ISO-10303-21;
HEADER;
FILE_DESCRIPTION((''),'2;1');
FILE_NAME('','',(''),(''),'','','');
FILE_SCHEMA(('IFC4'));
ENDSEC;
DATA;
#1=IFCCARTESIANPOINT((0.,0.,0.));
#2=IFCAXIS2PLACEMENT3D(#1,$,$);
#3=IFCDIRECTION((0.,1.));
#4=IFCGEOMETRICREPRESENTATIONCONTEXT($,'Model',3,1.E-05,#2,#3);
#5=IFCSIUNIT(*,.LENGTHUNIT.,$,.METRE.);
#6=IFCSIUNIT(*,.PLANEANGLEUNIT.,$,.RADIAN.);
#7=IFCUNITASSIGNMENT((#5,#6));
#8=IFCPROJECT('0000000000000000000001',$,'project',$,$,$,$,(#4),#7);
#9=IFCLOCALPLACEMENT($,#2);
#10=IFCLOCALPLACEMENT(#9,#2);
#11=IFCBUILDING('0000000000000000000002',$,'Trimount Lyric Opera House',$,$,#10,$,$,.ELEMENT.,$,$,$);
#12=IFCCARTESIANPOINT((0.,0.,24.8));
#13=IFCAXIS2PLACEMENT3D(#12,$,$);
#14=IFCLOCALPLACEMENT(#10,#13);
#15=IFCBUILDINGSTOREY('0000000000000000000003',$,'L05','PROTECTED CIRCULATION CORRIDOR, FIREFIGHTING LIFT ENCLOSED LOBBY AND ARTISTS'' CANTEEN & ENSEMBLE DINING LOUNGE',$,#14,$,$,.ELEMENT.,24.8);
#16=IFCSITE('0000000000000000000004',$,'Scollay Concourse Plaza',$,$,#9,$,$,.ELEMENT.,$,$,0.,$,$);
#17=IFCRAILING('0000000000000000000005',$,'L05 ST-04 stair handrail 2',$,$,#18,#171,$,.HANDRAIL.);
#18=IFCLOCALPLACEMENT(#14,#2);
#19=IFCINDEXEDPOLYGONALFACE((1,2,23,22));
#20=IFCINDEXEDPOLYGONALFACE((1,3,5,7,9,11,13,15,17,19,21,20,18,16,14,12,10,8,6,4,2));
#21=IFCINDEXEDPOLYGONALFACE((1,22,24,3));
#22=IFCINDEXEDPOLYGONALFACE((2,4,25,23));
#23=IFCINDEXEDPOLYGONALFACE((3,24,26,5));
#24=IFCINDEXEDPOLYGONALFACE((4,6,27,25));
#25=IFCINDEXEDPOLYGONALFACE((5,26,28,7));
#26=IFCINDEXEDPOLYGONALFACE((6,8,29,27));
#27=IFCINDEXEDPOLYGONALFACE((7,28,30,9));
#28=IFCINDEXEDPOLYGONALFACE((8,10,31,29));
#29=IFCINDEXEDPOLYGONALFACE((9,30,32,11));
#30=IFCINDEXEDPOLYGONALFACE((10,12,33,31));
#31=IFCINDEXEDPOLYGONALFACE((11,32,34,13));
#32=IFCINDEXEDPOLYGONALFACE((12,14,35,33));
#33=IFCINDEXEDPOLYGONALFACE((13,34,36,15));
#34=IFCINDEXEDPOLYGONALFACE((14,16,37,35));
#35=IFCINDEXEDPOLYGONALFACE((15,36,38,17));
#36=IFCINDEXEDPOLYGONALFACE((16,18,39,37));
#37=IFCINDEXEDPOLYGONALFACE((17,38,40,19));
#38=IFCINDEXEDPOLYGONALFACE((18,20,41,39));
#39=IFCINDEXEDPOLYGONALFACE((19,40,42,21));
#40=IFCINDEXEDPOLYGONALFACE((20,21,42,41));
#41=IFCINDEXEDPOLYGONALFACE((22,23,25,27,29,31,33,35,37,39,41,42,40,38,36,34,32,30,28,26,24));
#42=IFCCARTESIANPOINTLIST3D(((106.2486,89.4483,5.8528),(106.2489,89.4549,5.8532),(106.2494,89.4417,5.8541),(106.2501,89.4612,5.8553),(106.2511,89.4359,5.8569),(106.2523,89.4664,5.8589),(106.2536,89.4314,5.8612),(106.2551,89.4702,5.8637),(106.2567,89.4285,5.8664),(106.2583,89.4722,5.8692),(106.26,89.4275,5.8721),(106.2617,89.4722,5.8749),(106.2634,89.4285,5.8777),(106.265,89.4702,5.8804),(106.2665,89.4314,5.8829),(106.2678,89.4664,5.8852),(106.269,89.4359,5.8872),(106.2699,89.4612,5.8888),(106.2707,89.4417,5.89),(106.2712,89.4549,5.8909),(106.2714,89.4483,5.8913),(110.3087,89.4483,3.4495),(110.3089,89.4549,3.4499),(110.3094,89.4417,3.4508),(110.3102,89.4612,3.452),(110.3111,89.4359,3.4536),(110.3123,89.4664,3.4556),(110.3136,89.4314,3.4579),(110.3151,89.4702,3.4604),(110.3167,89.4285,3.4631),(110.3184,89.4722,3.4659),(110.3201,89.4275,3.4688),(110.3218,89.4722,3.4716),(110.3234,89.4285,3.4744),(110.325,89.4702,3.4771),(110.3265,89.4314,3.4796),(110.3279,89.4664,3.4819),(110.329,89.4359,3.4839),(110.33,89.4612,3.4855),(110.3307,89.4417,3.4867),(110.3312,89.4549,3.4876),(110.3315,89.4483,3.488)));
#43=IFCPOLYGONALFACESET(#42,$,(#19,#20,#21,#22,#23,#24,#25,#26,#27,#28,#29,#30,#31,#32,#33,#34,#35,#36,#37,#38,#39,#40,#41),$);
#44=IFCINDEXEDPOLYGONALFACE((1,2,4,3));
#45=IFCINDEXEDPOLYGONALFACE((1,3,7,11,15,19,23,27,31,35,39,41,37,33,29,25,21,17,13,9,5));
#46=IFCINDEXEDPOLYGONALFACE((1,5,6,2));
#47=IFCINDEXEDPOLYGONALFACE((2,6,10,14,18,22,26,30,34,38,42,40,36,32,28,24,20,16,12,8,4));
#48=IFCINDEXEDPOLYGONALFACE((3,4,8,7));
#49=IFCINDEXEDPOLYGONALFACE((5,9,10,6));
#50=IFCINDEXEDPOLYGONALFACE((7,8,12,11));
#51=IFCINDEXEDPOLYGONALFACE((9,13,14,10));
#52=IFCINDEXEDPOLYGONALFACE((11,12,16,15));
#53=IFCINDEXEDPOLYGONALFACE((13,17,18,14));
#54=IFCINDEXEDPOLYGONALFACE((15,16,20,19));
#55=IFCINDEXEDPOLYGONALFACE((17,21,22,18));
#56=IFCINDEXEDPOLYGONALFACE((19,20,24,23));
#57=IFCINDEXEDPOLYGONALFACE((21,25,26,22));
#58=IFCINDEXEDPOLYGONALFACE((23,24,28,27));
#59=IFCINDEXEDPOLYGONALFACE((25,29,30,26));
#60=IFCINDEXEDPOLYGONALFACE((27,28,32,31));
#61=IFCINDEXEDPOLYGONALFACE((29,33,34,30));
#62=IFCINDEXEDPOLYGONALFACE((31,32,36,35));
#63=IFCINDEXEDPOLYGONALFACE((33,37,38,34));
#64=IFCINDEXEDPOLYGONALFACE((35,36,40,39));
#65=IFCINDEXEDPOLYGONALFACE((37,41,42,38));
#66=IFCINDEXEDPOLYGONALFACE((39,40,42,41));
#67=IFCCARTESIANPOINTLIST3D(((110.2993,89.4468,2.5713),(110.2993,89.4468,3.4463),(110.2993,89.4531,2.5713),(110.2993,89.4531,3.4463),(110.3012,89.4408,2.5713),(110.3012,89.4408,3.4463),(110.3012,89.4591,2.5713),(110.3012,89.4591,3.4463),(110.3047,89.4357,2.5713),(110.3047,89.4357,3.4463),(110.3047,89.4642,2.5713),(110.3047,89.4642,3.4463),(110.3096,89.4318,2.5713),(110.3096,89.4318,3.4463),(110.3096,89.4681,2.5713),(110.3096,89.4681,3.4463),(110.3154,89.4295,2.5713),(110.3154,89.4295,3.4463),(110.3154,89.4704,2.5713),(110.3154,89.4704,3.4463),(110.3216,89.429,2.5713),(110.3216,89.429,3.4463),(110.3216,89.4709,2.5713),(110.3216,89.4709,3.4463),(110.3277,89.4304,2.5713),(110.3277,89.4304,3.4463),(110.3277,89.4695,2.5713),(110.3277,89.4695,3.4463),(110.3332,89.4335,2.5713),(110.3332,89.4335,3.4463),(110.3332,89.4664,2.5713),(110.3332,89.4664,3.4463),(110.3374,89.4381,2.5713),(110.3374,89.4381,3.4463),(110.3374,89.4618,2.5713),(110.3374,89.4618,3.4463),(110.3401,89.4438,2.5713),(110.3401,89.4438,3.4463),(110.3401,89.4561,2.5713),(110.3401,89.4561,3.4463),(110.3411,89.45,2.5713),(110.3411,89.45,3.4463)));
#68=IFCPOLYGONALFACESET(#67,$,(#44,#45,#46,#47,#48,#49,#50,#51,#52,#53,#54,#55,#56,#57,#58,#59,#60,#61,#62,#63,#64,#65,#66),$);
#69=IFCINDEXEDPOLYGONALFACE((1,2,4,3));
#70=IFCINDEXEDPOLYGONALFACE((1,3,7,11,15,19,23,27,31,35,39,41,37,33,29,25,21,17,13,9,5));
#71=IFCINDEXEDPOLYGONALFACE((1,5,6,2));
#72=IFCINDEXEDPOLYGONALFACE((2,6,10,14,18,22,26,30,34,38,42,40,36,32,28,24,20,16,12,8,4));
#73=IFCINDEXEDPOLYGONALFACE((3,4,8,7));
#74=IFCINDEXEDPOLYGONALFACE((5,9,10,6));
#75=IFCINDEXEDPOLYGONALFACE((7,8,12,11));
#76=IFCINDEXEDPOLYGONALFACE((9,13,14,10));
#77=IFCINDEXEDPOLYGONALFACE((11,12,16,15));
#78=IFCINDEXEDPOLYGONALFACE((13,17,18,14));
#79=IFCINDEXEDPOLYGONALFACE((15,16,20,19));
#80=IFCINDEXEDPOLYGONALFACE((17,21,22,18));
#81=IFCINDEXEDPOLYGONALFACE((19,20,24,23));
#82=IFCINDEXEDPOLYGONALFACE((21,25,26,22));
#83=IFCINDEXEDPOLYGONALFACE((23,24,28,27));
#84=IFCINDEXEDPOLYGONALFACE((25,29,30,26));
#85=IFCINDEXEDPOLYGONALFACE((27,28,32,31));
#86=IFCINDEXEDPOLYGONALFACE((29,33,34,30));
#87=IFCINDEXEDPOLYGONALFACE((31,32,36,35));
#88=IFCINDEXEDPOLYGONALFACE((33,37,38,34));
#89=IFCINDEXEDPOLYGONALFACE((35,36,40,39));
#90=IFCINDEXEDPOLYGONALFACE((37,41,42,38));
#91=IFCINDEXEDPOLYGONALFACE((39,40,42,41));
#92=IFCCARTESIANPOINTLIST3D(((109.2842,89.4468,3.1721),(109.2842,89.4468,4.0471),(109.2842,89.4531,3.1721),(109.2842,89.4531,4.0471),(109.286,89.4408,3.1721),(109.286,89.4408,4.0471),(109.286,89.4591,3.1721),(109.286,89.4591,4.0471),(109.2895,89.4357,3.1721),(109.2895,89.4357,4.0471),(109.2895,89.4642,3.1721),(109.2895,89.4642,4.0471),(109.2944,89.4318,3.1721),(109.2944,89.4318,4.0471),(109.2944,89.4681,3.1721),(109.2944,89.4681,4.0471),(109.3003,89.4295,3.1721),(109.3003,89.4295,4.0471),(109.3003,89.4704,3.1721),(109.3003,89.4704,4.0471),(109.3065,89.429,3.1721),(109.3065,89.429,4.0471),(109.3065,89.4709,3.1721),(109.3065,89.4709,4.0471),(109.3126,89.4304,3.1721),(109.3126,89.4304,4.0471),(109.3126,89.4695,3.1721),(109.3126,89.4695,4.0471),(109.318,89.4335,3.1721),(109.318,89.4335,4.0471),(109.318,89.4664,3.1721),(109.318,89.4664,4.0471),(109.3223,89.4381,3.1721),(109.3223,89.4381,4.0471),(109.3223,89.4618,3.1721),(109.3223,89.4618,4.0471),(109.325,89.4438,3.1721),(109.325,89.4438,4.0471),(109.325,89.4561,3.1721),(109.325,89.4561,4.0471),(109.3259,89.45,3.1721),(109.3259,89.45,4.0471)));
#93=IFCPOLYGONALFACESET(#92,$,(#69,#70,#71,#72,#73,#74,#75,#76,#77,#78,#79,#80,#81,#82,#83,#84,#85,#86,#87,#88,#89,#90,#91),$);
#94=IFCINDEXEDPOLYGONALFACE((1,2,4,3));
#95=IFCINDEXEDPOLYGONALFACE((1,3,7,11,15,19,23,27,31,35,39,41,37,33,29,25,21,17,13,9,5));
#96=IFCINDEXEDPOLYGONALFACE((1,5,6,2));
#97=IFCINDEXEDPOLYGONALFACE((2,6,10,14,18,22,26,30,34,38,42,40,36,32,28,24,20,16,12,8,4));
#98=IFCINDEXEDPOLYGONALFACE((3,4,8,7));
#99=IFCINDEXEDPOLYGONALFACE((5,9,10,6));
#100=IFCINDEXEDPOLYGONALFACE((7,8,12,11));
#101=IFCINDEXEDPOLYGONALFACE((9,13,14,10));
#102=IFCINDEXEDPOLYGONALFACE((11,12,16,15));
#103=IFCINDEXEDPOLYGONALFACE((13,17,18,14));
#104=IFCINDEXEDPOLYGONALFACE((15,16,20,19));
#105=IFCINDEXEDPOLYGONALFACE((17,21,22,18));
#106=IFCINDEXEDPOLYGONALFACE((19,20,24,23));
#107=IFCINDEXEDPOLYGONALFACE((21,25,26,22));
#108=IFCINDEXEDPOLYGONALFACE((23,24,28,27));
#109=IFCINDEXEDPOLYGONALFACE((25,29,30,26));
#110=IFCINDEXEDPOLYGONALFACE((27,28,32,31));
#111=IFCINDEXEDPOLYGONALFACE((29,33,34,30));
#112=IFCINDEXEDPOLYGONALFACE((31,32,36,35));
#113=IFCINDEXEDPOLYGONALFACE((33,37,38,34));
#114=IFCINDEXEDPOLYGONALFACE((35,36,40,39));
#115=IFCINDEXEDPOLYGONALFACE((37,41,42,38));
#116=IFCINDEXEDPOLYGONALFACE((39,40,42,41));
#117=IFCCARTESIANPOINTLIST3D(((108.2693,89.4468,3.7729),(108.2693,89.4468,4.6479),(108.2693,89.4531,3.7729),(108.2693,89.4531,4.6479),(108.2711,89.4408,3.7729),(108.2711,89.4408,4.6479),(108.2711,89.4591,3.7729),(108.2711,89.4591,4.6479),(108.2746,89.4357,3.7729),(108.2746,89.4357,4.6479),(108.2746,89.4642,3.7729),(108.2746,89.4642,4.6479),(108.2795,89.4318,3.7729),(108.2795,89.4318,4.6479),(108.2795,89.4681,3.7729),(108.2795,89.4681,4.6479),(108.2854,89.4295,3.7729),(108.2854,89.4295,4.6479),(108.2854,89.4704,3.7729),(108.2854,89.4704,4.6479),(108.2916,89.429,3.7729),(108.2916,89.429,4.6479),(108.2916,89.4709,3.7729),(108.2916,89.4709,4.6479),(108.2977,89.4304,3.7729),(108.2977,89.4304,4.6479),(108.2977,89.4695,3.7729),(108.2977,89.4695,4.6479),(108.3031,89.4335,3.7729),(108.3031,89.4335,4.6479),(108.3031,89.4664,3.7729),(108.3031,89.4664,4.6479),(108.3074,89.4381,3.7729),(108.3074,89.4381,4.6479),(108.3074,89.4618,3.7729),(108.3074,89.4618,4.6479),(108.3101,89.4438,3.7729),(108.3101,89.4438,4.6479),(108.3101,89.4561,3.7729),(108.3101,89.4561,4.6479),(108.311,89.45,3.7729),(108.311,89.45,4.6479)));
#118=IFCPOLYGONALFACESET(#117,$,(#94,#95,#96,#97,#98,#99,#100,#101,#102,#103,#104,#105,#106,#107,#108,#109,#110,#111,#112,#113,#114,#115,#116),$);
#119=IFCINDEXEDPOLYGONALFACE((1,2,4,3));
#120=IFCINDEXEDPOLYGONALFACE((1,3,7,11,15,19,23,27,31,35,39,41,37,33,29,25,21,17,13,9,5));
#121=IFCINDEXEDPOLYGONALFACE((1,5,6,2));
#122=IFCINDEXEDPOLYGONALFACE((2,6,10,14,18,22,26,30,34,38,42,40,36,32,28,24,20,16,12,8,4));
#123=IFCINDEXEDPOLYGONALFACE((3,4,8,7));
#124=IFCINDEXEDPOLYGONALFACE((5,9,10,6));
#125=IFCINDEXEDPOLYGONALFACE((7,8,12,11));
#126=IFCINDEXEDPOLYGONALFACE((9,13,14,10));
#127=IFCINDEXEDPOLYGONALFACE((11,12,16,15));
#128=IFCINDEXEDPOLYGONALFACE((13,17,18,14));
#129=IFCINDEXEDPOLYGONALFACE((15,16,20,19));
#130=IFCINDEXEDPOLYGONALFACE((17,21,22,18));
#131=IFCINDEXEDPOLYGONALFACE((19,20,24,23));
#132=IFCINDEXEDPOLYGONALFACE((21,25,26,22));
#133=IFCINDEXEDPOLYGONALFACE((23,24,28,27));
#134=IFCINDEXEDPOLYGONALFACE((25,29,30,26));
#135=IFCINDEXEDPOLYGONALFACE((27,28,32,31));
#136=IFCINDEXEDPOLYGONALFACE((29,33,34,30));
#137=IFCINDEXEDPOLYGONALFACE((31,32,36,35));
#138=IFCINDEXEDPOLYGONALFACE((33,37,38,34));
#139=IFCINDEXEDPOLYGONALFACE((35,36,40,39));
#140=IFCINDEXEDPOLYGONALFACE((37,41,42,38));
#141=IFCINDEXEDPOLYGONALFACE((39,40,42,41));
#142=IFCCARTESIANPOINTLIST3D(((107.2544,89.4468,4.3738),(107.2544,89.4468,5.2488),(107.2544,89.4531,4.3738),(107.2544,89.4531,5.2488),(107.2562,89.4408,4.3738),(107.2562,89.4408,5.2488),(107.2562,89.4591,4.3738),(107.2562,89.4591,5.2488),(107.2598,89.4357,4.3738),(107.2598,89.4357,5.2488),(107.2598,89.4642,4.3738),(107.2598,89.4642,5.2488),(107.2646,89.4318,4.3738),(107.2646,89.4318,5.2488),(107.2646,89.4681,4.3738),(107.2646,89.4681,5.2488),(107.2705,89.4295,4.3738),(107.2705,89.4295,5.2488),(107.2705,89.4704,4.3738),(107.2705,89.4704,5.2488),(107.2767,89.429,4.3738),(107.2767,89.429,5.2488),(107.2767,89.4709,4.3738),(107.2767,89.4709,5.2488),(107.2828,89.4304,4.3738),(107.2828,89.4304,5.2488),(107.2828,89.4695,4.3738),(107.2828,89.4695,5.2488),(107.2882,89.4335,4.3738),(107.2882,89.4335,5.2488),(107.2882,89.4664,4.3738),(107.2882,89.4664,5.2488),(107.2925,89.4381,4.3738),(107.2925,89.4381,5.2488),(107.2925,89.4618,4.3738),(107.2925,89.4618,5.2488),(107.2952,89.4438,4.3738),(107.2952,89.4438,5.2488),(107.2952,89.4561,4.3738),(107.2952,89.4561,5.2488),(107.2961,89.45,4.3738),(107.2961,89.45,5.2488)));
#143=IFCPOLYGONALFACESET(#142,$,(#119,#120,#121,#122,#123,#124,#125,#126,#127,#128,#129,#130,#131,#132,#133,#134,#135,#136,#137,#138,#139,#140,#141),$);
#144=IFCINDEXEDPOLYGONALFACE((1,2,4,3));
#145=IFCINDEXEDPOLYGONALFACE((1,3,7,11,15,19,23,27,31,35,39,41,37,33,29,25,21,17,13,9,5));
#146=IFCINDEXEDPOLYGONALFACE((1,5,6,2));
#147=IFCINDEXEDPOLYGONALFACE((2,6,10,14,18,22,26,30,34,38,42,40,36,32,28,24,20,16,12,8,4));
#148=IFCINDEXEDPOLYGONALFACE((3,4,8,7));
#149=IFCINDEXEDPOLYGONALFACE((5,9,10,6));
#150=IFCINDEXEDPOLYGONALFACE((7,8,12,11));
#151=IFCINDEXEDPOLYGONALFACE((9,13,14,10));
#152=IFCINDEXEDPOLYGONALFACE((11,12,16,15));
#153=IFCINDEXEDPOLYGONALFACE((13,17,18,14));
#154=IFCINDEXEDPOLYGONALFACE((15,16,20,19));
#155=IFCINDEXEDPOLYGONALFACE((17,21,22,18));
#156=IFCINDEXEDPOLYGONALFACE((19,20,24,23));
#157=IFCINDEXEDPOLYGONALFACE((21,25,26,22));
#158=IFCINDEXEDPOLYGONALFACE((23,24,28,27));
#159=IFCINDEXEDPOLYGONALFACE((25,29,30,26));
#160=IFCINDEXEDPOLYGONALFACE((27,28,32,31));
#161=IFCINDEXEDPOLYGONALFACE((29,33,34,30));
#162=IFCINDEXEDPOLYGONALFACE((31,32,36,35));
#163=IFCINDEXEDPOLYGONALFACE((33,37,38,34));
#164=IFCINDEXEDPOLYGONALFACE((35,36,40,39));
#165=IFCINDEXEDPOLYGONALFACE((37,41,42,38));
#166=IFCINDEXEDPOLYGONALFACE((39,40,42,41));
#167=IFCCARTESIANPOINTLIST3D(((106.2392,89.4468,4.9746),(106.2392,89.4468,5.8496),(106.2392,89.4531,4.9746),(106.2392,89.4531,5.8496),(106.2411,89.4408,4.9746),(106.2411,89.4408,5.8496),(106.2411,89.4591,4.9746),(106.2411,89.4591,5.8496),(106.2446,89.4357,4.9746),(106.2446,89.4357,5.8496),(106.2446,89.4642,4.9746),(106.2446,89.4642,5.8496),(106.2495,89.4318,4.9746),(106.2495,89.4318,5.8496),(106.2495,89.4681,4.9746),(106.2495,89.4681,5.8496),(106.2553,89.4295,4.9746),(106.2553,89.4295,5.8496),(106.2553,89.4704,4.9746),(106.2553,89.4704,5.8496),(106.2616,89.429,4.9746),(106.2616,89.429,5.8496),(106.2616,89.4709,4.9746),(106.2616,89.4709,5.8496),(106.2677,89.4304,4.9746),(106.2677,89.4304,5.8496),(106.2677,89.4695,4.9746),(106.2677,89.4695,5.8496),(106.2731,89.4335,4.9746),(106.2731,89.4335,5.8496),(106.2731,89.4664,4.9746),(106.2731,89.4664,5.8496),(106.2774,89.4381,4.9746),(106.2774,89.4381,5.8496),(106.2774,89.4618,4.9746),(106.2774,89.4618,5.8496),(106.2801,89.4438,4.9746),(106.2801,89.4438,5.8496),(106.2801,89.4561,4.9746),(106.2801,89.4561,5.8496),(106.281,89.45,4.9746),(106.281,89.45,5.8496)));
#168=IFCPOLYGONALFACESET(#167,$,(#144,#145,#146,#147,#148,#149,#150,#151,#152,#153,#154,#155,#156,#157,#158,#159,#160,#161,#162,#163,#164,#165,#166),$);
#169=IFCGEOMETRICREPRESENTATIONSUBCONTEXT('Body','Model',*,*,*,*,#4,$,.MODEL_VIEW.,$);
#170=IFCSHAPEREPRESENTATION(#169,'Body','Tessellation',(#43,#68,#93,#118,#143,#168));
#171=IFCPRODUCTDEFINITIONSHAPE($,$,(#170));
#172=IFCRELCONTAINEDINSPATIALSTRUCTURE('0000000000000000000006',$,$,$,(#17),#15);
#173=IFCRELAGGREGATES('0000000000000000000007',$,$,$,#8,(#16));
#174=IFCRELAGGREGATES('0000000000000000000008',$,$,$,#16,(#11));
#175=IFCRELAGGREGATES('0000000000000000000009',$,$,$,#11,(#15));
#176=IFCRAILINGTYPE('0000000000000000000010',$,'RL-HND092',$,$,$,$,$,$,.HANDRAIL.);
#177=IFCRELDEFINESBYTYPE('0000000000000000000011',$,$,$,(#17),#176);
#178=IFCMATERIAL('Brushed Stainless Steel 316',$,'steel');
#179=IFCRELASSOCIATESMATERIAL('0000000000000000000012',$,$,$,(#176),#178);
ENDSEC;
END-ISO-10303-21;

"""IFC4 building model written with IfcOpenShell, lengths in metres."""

from ifc_helpers import new_model, si_unit, direction, frame, origin, origin_2d, place, context, subcontext, project, spatial, circle, extrude, material, type_object, element, save


model = new_model("IFC4")

# Units and contexts
model_context = context("Model", 3, precision=1e-05, world=origin(), true_north=direction((0.0, 1.0)))
body_context = subcontext(model_context, "Body", "Model", "MODEL_VIEW")
ifc_project = project(units=[si_unit("LENGTHUNIT", "METRE"), si_unit("PLANEANGLEUNIT", "RADIAN")], contexts=[model_context])

# Site, building, storey
site_placement = place(None, origin())
site = spatial("IfcSite", under=ifc_project, at=site_placement, Name="Scollay Concourse Plaza", CompositionType="ELEMENT", RefElevation=0.0)
building_placement = place(site_placement, origin())
building = spatial("IfcBuilding", under=site, at=building_placement, Name="Trimount Lyric Opera House", CompositionType="ELEMENT")
storey_placement = place(building_placement, frame((0.0, 0.0, 24.8)))
storey = spatial("IfcBuildingStorey", under=building, at=storey_placement, Name="L05", Description="PROTECTED CIRCULATION CORRIDOR, FIREFIGHTING LIFT ENCLOSED LOBBY AND ARTISTS' CANTEEN & ENSEMBLE DINING LOUNGE", CompositionType="ELEMENT", Elevation=24.8)

# Railing
ifc_material_1 = material(Name="Brushed Stainless Steel 316", Category="steel")
railing_type_1 = type_object("IfcRailingType", Name="RL-HND092", PredefinedType="HANDRAIL", material=ifc_material_1)
railing_1_placement = place(storey_placement, frame((110.3201, 89.45, 2.5713)))
element("IfcRailing", 1, at=railing_1_placement, inside=storey, type_object=railing_type_1, Name="L05 ST-04 stair handrail 2", PredefinedType="HANDRAIL", context=body_context, shape_type="SweptSolid", body=[
    extrude(circle(Radius=0.0225, at=origin_2d()), frame((0.0, 0.0, 0.8975), z_axis=(-0.860537, 0.0, 0.509388), x_axis=(0.0, -1.0, 0.0)), (0.0, 0.0, 1.0), 4.718),
    extrude(circle(Radius=0.021, at=origin_2d()), origin(), (0.0, 0.0, 1.0), 0.875),
    extrude(circle(Radius=0.021, at=origin_2d()), frame((-1.0151, 0.0, 0.6008)), (0.0, 0.0, 1.0), 0.875),
    extrude(circle(Radius=0.021, at=origin_2d()), frame((-2.03, 0.0, 1.2017)), (0.0, 0.0, 1.0), 0.875),
    extrude(circle(Radius=0.021, at=origin_2d()), frame((-3.0449, 0.0, 1.8025)), (0.0, 0.0, 1.0), 0.875),
    extrude(circle(Radius=0.021, at=origin_2d()), frame((-4.0601, 0.0, 2.4033)), (0.0, 0.0, 1.0), 0.875),
])

save(model, "model.ifc")
